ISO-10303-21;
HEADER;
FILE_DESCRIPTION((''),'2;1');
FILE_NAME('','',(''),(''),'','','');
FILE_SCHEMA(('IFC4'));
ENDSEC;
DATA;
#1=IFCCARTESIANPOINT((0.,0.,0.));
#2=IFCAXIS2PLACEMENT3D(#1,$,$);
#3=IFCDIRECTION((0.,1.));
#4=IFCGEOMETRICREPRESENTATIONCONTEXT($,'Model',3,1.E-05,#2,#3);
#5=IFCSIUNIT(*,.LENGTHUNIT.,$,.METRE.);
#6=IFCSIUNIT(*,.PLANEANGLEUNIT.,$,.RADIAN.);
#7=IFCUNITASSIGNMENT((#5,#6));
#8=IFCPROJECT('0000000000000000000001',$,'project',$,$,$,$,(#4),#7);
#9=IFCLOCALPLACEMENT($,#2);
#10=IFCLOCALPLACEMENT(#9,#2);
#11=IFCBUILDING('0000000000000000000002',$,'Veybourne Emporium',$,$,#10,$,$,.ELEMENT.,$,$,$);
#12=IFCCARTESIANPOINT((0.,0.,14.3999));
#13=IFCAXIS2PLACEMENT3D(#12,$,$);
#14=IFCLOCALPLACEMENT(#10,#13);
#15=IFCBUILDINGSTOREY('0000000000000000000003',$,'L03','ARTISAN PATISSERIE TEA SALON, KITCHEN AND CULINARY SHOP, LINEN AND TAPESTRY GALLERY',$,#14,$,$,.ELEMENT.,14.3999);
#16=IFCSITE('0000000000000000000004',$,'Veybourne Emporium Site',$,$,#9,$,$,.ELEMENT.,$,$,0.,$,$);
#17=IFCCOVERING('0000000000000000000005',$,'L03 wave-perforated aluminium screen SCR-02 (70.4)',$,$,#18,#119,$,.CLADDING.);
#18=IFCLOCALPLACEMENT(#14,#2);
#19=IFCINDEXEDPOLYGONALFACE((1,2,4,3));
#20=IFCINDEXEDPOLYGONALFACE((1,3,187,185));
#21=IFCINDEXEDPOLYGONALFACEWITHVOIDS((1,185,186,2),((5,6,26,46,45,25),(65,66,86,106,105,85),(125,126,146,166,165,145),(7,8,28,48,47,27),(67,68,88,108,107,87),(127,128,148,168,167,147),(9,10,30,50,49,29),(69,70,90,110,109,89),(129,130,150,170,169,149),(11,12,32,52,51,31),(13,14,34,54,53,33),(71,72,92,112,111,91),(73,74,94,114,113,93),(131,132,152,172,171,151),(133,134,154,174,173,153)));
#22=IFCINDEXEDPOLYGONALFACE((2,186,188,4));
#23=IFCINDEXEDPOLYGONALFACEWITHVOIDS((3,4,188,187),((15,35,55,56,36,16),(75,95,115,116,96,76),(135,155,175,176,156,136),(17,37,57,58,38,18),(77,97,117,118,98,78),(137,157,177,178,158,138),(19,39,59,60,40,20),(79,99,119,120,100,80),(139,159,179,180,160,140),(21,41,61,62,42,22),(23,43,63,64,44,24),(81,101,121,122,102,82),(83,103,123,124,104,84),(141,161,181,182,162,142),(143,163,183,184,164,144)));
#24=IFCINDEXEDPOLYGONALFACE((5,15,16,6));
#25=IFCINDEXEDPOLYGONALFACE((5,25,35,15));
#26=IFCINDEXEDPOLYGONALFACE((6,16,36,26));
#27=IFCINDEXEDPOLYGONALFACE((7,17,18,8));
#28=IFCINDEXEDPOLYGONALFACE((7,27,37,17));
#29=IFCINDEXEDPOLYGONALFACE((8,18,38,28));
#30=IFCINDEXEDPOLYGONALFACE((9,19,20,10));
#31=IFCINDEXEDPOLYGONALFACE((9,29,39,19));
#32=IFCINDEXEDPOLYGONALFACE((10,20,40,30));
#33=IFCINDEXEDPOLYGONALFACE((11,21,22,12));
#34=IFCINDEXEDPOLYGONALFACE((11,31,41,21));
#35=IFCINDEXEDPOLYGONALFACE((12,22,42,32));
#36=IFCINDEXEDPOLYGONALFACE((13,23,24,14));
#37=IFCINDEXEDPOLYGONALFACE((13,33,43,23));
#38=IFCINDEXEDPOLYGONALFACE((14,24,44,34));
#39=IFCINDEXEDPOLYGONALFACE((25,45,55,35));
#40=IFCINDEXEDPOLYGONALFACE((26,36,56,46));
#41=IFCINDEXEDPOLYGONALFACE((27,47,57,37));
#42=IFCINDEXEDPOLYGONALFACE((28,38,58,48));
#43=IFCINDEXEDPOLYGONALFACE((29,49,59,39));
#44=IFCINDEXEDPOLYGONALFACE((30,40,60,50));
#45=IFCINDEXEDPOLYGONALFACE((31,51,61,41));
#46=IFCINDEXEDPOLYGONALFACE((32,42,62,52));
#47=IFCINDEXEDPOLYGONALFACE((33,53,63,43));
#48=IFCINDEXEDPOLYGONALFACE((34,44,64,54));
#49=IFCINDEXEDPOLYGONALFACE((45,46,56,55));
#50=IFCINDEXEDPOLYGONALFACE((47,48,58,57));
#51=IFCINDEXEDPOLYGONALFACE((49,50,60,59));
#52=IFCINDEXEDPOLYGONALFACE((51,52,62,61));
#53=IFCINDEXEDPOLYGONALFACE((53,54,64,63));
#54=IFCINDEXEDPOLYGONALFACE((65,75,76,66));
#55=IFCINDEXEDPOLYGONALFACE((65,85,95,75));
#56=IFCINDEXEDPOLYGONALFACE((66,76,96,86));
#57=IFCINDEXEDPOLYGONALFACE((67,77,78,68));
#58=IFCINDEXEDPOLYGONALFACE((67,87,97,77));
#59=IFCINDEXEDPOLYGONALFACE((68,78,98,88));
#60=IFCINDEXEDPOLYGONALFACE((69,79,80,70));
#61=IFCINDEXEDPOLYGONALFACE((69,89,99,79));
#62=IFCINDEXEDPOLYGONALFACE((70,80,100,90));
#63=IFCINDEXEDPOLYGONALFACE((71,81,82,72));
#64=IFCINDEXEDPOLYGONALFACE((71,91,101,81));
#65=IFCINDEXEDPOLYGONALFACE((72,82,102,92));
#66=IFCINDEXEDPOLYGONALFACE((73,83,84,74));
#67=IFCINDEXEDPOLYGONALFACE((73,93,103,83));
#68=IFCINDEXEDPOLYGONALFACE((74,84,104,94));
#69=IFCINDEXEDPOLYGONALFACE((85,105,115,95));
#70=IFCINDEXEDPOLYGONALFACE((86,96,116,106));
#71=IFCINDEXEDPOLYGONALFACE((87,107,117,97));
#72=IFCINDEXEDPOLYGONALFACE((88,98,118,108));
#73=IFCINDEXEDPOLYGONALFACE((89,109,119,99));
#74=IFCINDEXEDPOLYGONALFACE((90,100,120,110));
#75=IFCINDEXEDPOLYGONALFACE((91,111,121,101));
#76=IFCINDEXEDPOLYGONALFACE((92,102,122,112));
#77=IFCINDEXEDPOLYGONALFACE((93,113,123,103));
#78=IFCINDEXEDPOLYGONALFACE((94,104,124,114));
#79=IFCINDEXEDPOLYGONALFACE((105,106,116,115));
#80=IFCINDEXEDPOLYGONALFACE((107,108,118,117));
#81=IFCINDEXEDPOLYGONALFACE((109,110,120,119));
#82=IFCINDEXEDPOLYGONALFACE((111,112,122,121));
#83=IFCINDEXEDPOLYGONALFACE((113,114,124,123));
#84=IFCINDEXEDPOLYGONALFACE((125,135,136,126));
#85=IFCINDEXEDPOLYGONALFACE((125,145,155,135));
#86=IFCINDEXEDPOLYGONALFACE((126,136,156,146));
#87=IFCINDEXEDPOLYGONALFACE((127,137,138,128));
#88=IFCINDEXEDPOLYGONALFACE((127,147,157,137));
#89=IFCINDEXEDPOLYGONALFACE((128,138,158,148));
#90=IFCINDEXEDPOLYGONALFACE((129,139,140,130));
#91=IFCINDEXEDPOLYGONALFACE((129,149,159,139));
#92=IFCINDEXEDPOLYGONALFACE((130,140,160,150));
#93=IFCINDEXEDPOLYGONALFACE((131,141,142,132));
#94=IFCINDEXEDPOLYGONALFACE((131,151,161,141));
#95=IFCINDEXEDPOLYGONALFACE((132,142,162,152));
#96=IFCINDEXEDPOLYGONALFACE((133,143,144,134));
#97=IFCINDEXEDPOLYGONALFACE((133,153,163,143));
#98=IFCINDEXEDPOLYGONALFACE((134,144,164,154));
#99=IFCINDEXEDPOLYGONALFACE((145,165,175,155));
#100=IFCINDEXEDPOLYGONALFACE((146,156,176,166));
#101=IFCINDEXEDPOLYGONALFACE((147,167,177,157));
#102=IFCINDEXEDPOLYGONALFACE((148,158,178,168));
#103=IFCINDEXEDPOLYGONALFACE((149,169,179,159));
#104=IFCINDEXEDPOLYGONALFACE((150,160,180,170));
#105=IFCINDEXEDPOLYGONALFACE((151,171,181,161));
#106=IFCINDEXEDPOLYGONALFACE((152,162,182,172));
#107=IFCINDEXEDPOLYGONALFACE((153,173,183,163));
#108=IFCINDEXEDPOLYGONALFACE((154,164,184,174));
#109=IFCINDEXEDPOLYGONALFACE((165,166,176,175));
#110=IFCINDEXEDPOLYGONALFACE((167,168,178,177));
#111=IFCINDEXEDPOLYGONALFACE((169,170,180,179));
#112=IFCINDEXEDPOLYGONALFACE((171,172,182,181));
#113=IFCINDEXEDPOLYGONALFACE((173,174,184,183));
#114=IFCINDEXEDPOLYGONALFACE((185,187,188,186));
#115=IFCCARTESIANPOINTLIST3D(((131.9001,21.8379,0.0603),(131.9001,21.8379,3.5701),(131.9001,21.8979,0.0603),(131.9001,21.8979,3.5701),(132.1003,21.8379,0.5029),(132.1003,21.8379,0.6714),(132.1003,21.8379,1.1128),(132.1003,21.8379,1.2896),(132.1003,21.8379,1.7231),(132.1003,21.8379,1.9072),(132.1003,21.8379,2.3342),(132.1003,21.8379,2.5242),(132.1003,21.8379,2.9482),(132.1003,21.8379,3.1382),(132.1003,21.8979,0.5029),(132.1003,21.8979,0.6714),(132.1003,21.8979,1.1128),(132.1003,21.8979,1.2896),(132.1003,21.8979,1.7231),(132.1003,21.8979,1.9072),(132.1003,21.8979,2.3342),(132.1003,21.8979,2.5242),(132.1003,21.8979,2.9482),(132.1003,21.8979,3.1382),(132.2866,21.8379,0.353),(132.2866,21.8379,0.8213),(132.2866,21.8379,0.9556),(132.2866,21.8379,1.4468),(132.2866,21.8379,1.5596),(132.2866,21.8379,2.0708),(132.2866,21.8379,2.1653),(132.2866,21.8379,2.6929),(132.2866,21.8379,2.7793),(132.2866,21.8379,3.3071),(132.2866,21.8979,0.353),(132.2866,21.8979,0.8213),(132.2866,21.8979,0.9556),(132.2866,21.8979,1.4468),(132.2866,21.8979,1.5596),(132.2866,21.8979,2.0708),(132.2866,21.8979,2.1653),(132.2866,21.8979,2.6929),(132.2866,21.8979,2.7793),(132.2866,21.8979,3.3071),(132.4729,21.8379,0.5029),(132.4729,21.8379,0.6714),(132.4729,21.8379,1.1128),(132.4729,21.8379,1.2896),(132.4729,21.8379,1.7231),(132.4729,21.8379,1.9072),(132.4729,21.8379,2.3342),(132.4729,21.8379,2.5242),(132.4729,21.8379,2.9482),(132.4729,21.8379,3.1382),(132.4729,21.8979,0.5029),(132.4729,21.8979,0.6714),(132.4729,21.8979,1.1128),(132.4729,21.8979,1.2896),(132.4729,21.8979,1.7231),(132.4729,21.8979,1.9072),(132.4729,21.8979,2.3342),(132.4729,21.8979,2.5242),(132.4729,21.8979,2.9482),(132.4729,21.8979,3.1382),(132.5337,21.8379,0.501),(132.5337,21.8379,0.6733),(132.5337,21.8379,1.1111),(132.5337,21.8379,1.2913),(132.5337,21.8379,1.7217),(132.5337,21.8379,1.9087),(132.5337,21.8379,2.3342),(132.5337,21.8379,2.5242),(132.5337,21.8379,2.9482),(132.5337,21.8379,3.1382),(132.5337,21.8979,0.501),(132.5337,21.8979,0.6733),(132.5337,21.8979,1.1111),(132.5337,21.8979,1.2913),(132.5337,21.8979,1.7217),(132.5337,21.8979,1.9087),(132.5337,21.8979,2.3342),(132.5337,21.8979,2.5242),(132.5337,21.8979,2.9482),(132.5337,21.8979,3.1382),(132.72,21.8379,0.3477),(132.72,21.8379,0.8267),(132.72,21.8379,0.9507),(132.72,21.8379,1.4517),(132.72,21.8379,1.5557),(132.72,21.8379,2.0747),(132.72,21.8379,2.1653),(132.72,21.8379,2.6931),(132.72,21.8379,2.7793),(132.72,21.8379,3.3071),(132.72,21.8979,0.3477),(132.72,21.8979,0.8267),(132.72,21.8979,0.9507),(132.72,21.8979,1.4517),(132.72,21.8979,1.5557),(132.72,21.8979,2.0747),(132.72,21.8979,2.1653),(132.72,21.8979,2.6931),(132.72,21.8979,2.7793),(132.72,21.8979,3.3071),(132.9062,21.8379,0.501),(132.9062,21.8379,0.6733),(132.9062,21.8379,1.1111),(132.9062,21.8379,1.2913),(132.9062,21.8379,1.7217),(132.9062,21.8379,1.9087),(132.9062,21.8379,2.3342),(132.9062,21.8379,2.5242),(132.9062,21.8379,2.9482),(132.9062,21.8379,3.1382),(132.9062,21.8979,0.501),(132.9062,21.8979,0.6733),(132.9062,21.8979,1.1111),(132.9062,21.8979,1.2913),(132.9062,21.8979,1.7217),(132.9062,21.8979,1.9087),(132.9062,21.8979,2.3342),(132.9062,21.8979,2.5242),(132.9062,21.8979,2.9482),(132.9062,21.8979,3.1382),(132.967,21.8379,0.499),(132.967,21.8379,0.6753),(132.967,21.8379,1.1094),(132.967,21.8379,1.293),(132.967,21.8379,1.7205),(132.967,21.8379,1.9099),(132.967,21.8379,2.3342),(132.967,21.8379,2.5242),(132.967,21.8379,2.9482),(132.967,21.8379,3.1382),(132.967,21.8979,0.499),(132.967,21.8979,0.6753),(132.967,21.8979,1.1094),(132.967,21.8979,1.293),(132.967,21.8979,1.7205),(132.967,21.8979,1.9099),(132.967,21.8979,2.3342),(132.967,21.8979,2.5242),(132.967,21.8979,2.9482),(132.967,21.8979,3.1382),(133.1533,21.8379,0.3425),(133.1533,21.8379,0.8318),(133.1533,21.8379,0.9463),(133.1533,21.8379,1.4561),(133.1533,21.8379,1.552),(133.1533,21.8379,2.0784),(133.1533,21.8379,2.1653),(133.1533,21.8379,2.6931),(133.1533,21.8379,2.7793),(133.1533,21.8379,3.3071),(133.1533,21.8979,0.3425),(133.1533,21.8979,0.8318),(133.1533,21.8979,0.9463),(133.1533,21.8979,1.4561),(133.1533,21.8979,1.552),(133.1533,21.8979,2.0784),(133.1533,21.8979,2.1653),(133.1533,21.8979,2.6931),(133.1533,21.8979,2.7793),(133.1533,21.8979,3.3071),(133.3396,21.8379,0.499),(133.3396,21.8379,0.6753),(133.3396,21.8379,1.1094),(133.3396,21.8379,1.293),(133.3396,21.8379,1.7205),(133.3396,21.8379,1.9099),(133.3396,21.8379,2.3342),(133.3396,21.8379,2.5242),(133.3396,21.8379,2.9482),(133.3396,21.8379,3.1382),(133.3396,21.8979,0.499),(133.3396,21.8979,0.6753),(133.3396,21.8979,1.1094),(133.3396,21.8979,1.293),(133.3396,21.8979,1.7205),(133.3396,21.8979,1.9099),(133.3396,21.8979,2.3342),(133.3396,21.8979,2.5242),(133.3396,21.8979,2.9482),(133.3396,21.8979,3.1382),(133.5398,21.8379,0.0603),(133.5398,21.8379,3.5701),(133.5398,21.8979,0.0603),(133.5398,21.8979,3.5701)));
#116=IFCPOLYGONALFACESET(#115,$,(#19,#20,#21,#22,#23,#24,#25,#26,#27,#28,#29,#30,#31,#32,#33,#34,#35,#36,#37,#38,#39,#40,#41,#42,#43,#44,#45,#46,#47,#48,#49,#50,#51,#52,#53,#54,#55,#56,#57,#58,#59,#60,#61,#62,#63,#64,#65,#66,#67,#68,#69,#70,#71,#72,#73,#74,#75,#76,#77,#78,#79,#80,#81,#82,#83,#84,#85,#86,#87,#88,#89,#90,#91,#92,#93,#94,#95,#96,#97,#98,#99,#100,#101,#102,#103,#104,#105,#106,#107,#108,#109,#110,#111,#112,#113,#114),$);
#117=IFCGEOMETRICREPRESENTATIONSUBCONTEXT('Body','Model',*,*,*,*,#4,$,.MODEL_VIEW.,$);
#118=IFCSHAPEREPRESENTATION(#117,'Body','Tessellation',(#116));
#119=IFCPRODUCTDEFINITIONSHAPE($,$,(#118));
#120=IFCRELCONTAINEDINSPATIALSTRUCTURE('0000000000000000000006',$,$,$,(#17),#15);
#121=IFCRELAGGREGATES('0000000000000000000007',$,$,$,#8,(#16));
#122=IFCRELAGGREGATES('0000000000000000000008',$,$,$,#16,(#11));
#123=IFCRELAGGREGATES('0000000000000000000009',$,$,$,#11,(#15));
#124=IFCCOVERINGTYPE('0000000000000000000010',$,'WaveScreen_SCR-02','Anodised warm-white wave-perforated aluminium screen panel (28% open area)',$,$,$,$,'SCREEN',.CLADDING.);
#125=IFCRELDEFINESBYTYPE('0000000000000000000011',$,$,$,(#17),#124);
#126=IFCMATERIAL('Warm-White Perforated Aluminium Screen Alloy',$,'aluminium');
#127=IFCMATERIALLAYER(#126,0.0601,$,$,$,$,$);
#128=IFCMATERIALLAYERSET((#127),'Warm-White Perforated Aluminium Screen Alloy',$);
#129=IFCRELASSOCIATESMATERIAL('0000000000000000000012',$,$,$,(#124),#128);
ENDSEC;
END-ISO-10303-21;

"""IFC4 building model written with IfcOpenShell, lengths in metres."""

from ifc_helpers import new_model, si_unit, direction, frame, origin, place, context, subcontext, project, spatial, polyline, outline, extrude, material, layer, layer_set, type_object, element, save


model = new_model("IFC4")

# Units and contexts
model_context = context("Model", 3, precision=1e-05, world=origin(), true_north=direction((0.0, 1.0)))
body_context = subcontext(model_context, "Body", "Model", "MODEL_VIEW")
ifc_project = project(units=[si_unit("LENGTHUNIT", "METRE"), si_unit("PLANEANGLEUNIT", "RADIAN")], contexts=[model_context])

# Site, building, storey
site_placement = place(None, origin())
site = spatial("IfcSite", under=ifc_project, at=site_placement, Name="Veybourne Emporium Site", CompositionType="ELEMENT", RefElevation=0.0)
building_placement = place(site_placement, origin())
building = spatial("IfcBuilding", under=site, at=building_placement, Name="Veybourne Emporium", CompositionType="ELEMENT")
storey_placement = place(building_placement, frame((0.0, 0.0, 14.3999)))
storey = spatial("IfcBuildingStorey", under=building, at=storey_placement, Name="L03", Description="ARTISAN PATISSERIE TEA SALON, KITCHEN AND CULINARY SHOP, LINEN AND TAPESTRY GALLERY", CompositionType="ELEMENT", Elevation=14.3999)

# Covering
ifc_material_1 = material(Name="Warm-White Perforated Aluminium Screen Alloy", Category="aluminium")
ifc_layer_1 = layer(ifc_material_1, 0.0601)
ifc_layer_set_1 = layer_set([ifc_layer_1], Name="Warm-White Perforated Aluminium Screen Alloy")
covering_type_1 = type_object("IfcCoveringType", Name="WaveScreen_SCR-02", Description="Anodised warm-white wave-perforated aluminium screen panel (28% open area)", ElementType="SCREEN", PredefinedType="CLADDING", material=ifc_layer_set_1)
covering_1_placement = place(storey_placement, frame((132.72, 21.8979, 1.8152), z_axis=(0.0, -1.0, 0.0), x_axis=(1.0, 0.0, 0.0)))
element("IfcCovering", 1, at=covering_1_placement, inside=storey, type_object=covering_type_1, Name="L03 wave-perforated aluminium screen SCR-02 (70.4)", PredefinedType="CLADDING", context=body_context, shape_type="SweptSolid", body=[
    extrude(outline(polyline([(-0.8198, -1.7549), (0.8198, -1.7549), (0.8198, 1.7549), (-0.8198, 1.7549), (-0.8198, -1.7549)]), holes=[polyline([(-0.4333, -0.9939), (-0.2471, -1.1438), (-0.2471, -1.3123), (-0.4333, -1.4622), (-0.6196, -1.3123), (-0.6196, -1.1438), (-0.4333, -0.9939)]), polyline([(-0.4333, -0.3684), (-0.2471, -0.5256), (-0.2471, -0.7024), (-0.4333, -0.8596), (-0.6196, -0.7024), (-0.6196, -0.5256), (-0.4333, -0.3684)]), polyline([(-0.4333, 0.2556), (-0.2471, 0.092), (-0.2471, -0.092), (-0.4333, -0.2556), (-0.6196, -0.092), (-0.6196, 0.092), (-0.4333, 0.2556)]), polyline([(-0.4333, 0.8777), (-0.2471, 0.709), (-0.2471, 0.519), (-0.4333, 0.3501), (-0.6196, 0.519), (-0.6196, 0.709), (-0.4333, 0.8777)]), polyline([(-0.4333, 1.4919), (-0.2471, 1.323), (-0.2471, 1.1331), (-0.4333, 0.9641), (-0.6196, 1.1331), (-0.6196, 1.323), (-0.4333, 1.4919)]), polyline([(0.0, -0.9885), (0.1863, -1.1418), (0.1863, -1.3142), (0.0, -1.4675), (-0.1863, -1.3142), (-0.1863, -1.1418), (0.0, -0.9885)]), polyline([(0.0, -0.3635), (0.1863, -0.5239), (0.1863, -0.7041), (0.0, -0.8645), (-0.1863, -0.7041), (-0.1863, -0.5239), (0.0, -0.3635)]), polyline([(0.0, 0.2595), (0.1863, 0.0935), (0.1863, -0.0935), (0.0, -0.2595), (-0.1863, -0.0935), (-0.1863, 0.0935), (0.0, 0.2595)]), polyline([(0.0, 0.8779), (0.1863, 0.709), (0.1863, 0.519), (0.0, 0.3501), (-0.1863, 0.519), (-0.1863, 0.709), (0.0, 0.8779)]), polyline([(0.0, 1.4919), (0.1863, 1.323), (0.1863, 1.1331), (0.0, 0.9641), (-0.1863, 1.1331), (-0.1863, 1.323), (0.0, 1.4919)]), polyline([(0.4333, -0.9834), (0.6196, -1.1399), (0.6196, -1.3162), (0.4333, -1.4727), (0.2471, -1.3162), (0.2471, -1.1399), (0.4333, -0.9834)]), polyline([(0.4333, -0.3591), (0.6196, -0.5222), (0.6196, -0.7058), (0.4333, -0.8689), (0.2471, -0.7058), (0.2471, -0.5222), (0.4333, -0.3591)]), polyline([(0.4333, 0.2632), (0.6196, 0.0947), (0.6196, -0.0947), (0.4333, -0.2632), (0.2471, -0.0947), (0.2471, 0.0947), (0.4333, 0.2632)]), polyline([(0.4333, 0.8779), (0.6196, 0.709), (0.6196, 0.519), (0.4333, 0.3501), (0.2471, 0.519), (0.2471, 0.709), (0.4333, 0.8779)]), polyline([(0.4333, 1.4919), (0.6196, 1.323), (0.6196, 1.1331), (0.4333, 0.9641), (0.2471, 1.1331), (0.2471, 1.323), (0.4333, 1.4919)])]), origin(), (0.0, 0.0, 1.0), 0.0601),
])

save(model, "model.ifc")
